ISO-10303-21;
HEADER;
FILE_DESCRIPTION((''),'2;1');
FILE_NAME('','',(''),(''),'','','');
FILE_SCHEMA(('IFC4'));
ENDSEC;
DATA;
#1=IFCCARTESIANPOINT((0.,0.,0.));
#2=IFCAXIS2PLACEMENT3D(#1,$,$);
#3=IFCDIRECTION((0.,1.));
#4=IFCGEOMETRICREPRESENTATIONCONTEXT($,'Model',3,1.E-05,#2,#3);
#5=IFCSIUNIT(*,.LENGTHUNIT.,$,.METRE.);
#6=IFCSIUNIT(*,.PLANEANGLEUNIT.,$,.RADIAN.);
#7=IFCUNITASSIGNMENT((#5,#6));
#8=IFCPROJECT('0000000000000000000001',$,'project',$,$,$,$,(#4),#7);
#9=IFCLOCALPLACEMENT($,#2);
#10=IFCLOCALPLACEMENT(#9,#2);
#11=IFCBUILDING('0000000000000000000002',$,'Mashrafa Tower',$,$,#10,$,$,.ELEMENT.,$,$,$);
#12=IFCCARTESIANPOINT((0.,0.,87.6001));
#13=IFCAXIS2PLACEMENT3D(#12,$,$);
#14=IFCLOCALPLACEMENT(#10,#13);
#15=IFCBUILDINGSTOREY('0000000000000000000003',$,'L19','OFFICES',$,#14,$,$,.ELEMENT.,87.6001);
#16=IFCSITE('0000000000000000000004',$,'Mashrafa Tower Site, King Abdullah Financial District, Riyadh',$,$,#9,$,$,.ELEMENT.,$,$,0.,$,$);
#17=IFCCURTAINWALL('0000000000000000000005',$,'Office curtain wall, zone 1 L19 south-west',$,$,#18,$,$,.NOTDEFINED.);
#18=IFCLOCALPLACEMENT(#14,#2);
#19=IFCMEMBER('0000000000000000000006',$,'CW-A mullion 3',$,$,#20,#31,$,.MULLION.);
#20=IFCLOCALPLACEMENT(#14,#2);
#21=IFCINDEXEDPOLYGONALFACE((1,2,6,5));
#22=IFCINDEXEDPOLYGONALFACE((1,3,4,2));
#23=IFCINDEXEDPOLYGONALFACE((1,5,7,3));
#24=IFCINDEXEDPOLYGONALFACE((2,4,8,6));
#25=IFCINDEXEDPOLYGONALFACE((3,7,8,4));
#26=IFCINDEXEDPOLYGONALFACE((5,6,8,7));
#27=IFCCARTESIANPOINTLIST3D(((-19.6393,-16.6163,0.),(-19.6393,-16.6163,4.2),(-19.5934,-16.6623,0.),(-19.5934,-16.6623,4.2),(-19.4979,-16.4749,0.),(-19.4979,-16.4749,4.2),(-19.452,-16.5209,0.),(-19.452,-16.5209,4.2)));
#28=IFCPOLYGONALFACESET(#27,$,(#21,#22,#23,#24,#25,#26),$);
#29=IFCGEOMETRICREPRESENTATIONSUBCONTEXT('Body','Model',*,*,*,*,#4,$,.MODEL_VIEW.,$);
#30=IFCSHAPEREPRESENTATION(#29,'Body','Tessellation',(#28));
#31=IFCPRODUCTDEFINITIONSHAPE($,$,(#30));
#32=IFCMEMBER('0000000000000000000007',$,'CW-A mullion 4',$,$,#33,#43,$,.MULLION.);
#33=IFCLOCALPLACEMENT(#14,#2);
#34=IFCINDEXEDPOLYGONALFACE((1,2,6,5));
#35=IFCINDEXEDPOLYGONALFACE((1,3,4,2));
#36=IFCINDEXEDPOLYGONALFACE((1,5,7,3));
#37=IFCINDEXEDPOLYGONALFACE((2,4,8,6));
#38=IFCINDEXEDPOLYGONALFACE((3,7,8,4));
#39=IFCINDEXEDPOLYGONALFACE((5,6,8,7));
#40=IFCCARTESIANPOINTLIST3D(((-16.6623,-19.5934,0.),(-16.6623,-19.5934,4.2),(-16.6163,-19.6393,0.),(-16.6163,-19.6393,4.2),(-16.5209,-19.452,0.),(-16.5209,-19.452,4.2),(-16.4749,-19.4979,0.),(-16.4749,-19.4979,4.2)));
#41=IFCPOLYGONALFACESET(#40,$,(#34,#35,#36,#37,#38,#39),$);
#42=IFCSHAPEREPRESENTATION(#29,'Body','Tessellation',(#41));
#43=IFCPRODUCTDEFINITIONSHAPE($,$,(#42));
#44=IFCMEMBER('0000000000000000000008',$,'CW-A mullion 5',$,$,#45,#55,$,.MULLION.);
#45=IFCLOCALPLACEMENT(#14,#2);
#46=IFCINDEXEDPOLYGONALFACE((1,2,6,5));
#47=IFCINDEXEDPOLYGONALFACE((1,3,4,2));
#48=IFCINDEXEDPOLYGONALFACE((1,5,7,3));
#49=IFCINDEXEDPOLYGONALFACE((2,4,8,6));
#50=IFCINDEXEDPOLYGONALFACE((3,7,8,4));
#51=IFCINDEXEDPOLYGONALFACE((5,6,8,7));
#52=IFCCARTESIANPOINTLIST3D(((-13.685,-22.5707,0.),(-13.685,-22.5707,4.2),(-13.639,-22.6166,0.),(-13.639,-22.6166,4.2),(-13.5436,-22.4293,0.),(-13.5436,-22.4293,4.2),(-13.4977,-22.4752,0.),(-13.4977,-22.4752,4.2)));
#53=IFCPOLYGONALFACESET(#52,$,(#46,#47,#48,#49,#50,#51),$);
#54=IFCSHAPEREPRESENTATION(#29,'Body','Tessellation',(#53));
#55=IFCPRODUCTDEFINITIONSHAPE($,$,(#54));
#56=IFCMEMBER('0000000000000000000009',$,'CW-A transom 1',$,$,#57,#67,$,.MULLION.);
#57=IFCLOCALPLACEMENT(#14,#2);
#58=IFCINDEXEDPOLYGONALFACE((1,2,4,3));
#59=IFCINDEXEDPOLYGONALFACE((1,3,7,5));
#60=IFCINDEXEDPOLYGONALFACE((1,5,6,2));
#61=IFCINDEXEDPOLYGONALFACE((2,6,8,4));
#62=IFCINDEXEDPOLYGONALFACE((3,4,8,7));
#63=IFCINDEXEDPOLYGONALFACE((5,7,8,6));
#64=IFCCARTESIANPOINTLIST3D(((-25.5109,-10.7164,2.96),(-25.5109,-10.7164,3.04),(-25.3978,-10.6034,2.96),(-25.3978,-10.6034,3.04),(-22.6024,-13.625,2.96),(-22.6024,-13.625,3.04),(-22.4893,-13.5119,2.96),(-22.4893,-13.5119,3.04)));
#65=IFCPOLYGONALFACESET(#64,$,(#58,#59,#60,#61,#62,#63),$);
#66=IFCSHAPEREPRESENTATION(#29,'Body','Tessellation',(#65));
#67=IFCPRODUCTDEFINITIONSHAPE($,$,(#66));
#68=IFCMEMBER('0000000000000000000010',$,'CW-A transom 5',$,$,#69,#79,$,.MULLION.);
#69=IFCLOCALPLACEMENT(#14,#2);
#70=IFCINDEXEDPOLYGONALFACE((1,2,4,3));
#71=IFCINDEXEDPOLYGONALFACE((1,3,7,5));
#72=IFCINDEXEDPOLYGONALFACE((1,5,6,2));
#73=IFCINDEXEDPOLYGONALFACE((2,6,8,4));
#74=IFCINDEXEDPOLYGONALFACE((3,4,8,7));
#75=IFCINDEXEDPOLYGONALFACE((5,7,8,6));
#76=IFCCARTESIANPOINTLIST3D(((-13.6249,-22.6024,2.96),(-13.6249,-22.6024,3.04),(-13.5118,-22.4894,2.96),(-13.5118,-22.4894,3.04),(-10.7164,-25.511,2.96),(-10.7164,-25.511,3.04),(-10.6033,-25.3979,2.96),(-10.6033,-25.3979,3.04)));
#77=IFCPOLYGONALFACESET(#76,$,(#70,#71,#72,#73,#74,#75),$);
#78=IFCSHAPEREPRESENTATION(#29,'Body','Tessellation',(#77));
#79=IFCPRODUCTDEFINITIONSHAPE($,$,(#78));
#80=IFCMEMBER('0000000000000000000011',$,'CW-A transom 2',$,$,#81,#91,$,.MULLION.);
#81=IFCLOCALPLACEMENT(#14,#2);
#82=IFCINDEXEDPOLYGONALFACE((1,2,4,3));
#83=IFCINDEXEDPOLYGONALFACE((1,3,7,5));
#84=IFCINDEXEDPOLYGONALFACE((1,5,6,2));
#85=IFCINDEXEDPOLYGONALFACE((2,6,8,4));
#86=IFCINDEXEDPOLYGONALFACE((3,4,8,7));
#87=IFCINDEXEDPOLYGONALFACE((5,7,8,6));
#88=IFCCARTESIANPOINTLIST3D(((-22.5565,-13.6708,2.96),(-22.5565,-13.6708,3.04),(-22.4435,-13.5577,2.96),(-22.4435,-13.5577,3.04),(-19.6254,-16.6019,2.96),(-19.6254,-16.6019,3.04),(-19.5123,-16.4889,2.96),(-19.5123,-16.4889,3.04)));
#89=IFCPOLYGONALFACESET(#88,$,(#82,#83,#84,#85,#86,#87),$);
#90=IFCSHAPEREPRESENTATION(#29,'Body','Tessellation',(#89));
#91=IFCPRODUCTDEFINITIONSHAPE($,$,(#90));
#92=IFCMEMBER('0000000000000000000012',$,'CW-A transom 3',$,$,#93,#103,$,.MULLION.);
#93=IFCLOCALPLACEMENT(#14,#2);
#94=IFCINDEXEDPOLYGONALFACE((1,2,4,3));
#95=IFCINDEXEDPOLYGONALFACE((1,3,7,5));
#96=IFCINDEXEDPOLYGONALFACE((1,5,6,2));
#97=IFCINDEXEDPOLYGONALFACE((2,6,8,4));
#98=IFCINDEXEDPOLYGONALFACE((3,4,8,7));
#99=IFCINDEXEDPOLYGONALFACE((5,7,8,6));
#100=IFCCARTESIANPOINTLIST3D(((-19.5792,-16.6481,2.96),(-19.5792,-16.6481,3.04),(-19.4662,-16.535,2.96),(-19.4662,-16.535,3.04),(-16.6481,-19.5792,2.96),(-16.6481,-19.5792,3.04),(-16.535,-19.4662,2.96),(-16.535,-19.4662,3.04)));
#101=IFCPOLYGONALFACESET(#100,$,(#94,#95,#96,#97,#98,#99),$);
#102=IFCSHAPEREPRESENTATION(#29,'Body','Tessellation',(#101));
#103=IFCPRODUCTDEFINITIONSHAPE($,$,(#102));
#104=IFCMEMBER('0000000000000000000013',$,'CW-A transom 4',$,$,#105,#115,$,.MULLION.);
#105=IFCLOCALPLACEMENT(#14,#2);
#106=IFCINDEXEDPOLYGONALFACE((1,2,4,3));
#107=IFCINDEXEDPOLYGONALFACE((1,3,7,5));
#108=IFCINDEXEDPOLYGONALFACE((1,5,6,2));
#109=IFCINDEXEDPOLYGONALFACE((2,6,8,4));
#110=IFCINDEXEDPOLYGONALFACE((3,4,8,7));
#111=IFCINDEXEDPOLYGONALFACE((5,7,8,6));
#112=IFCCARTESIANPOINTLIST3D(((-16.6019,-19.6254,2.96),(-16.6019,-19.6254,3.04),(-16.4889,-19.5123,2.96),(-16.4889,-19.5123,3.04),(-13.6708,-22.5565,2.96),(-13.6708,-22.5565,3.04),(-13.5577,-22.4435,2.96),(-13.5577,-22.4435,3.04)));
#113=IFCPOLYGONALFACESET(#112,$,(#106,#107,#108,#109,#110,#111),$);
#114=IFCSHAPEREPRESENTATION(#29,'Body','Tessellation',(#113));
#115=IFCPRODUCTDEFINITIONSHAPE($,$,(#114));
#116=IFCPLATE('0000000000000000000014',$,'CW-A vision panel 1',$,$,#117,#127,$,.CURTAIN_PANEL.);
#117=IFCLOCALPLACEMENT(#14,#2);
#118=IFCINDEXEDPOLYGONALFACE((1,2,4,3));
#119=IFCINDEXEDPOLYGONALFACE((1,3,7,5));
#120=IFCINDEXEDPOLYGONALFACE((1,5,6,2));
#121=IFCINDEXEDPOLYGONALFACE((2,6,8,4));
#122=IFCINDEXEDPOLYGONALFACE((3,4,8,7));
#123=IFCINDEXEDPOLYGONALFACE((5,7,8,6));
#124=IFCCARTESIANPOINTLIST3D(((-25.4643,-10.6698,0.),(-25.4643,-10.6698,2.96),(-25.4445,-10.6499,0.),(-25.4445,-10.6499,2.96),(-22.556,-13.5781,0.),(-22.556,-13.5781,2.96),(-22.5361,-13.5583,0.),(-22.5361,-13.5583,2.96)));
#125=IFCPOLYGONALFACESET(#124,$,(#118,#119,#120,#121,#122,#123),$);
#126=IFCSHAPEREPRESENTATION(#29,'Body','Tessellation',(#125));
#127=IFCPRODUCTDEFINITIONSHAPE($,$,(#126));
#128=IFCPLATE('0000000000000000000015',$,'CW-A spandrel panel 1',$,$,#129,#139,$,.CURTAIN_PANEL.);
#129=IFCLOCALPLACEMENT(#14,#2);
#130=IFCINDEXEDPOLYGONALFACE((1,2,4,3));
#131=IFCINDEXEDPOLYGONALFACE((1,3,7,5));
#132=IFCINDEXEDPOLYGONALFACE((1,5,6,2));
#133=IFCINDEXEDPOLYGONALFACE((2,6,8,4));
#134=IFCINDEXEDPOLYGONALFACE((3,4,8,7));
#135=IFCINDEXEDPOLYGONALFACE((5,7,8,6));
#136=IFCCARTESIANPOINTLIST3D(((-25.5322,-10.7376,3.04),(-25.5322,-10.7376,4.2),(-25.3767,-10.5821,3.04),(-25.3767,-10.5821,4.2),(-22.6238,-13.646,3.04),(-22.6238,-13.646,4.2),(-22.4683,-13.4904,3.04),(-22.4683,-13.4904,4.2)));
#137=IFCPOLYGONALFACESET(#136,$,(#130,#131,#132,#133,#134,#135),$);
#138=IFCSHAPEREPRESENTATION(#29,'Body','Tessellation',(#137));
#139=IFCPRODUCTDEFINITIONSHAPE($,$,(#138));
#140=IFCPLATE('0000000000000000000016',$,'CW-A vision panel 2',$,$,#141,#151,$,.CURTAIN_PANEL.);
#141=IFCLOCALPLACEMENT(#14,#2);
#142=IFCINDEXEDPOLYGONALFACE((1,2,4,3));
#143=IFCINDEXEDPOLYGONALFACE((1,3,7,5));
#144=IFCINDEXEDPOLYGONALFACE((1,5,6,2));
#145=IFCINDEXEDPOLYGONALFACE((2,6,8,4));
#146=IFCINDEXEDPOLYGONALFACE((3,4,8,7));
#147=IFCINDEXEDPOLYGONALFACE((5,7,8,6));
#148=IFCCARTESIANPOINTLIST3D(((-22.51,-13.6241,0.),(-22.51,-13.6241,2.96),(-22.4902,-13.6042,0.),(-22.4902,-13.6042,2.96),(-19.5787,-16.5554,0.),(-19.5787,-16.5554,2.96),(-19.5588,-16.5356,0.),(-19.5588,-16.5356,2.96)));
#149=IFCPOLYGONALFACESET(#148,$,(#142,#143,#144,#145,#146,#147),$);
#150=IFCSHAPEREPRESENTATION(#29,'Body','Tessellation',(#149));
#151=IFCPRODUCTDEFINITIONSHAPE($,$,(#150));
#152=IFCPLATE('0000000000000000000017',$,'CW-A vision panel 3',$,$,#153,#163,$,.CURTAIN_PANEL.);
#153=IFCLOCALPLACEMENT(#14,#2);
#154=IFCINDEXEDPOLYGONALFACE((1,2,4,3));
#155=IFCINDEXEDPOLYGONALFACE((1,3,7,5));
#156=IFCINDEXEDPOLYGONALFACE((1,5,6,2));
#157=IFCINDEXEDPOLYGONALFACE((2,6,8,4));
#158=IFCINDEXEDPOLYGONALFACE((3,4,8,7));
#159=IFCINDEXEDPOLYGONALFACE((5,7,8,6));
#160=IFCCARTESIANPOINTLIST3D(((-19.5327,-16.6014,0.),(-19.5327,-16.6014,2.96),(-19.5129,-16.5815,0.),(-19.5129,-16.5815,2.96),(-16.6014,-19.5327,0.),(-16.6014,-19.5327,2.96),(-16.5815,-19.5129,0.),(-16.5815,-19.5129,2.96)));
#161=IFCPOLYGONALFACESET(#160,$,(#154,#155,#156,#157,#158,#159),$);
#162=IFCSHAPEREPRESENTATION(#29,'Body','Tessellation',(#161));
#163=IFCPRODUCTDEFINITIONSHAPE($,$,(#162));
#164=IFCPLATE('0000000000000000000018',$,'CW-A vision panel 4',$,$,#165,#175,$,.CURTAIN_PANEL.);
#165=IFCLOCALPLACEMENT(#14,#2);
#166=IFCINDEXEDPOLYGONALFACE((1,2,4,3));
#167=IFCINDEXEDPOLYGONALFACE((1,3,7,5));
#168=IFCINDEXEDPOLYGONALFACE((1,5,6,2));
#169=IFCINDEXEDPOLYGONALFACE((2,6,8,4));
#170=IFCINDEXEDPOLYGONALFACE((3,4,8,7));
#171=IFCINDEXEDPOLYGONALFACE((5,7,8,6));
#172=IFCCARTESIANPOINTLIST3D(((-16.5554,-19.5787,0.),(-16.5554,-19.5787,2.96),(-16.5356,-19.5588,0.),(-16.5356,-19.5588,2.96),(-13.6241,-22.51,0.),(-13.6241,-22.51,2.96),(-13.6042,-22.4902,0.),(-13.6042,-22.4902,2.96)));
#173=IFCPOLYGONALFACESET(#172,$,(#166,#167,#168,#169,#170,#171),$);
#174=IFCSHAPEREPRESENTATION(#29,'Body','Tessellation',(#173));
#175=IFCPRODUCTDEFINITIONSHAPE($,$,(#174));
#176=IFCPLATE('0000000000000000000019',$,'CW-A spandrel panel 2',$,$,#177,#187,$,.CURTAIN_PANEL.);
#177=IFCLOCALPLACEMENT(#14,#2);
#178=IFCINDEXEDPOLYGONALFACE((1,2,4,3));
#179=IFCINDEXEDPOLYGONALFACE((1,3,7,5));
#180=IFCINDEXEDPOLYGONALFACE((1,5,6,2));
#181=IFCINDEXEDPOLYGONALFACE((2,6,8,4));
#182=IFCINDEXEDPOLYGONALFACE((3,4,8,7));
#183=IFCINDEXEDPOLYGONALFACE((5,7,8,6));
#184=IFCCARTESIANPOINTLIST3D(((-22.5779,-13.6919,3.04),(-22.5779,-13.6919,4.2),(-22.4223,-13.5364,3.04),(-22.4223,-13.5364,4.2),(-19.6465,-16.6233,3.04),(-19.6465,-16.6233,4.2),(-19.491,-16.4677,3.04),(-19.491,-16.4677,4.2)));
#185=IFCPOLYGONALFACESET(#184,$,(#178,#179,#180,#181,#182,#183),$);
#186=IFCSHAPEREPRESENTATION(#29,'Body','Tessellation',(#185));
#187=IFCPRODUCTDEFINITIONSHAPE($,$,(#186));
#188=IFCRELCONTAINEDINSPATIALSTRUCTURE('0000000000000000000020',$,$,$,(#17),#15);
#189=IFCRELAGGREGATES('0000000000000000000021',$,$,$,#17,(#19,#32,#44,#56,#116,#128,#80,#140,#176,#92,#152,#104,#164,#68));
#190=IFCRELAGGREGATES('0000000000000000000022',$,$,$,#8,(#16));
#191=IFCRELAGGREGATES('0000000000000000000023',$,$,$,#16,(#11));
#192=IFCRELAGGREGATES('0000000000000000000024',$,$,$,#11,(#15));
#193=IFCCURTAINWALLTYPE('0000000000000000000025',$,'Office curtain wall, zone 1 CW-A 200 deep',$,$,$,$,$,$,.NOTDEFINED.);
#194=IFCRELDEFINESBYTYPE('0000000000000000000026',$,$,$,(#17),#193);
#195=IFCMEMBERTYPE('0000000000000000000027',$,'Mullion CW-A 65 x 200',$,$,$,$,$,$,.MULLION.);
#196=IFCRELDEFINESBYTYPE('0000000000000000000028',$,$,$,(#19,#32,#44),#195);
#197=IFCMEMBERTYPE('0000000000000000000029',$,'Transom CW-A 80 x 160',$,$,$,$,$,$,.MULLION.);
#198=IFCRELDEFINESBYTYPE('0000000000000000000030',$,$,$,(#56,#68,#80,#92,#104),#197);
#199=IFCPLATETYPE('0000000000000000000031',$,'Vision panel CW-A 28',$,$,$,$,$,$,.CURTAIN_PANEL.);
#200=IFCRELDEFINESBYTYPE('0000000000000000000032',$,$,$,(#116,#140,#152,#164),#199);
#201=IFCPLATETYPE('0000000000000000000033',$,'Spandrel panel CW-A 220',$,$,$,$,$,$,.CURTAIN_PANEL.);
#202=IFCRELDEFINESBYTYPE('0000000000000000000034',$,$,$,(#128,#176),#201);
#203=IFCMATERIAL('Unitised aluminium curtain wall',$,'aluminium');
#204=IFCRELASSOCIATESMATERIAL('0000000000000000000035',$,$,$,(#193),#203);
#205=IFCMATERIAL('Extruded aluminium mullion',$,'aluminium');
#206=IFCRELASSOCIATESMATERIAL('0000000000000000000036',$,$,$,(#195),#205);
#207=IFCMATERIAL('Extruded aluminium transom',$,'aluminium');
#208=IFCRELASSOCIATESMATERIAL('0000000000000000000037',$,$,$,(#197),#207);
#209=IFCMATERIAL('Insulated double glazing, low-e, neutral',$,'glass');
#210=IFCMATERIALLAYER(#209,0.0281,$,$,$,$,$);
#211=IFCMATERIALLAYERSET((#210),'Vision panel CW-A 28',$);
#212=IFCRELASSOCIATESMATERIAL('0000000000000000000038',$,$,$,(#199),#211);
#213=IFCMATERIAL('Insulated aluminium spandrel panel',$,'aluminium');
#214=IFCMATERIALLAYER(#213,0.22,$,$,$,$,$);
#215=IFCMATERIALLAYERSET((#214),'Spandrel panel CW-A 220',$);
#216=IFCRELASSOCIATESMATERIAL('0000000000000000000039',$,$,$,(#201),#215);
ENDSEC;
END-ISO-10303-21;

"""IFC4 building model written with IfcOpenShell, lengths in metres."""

from ifc_helpers import new_model, si_unit, direction, frame, origin, origin_2d, place, context, subcontext, project, spatial, rectangle, extrude, source, transform, mapped, material, layer, layer_set, material_profile, profile_set, type_object, type_shapes, element, aggregate, save


model = new_model("IFC4")

# Units and contexts
model_context = context("Model", 3, precision=1e-05, world=origin(), true_north=direction((0.0, 1.0)))
body_context = subcontext(model_context, "Body", "Model", "MODEL_VIEW")
ifc_project = project(units=[si_unit("LENGTHUNIT", "METRE"), si_unit("PLANEANGLEUNIT", "RADIAN")], contexts=[model_context])

# Site, building, storey
site_placement = place(None, origin())
site = spatial("IfcSite", under=ifc_project, at=site_placement, Name="Mashrafa Tower Site, King Abdullah Financial District, Riyadh", CompositionType="ELEMENT", RefElevation=0.0)
building_placement = place(site_placement, origin())
building = spatial("IfcBuilding", under=site, at=building_placement, Name="Mashrafa Tower", CompositionType="ELEMENT")
storey_placement = place(building_placement, frame((0.0, 0.0, 87.6001)))
storey = spatial("IfcBuildingStorey", under=building, at=storey_placement, Name="L19", Description="OFFICES", CompositionType="ELEMENT", Elevation=87.6001)

# Curtain wall, members, plates
ifc_material_1 = material(Name="Unitised aluminium curtain wall", Category="aluminium")
curtain_wall_type = type_object("IfcCurtainWallType", Name="Office curtain wall, zone 1 CW-A 200 deep", PredefinedType="NOTDEFINED", material=ifc_material_1)
curtain_wall_placement = place(storey_placement, origin())
curtain_wall = element("IfcCurtainWall", 1, at=curtain_wall_placement, inside=storey, type_object=curtain_wall_type, Name="Office curtain wall, zone 1 L19 south-west", PredefinedType="NOTDEFINED")
ifc_material_2 = material(Name="Extruded aluminium mullion", Category="aluminium")
ifc_material_profile_1 = material_profile(ifc_material_2, rectangle(XDim=0.2, YDim=0.0649, at=origin_2d()), Name="Mullion 65x200")
ifc_profile_set_1 = profile_set([ifc_material_profile_1], Name="Extruded aluminium mullion")
member_type_1 = type_object("IfcMemberType", Name="Mullion CW-A 65 x 200", PredefinedType="MULLION", material=ifc_profile_set_1)
shared_shape_1 = source(origin(), body_context, "Body", "SweptSolid", [
    extrude(rectangle(XDim=0.2, YDim=0.0649, at=origin_2d()), origin(), (0.0, 0.0, 1.0), 4.2),
])
type_shapes(member_type_1, [shared_shape_1])
member_1_placement = place(storey_placement, frame((-19.5457, -16.5686, 0.0), z_axis=(0.0, 0.0, 1.0), x_axis=(0.707107, 0.707107, 0.0)))
member_1 = element("IfcMember", 2, at=member_1_placement, type_object=member_type_1, Name="CW-A mullion 3", PredefinedType="MULLION", context=body_context, shape_type="MappedRepresentation", body=[
    mapped(shared_shape_1, transform((0.0, 0.0, 0.0))),
])
member_2_placement = place(storey_placement, frame((-16.5686, -19.5457, 0.0), z_axis=(0.0, 0.0, 1.0), x_axis=(0.707107, 0.707107, 0.0)))
member_2 = element("IfcMember", 3, at=member_2_placement, type_object=member_type_1, Name="CW-A mullion 4", PredefinedType="MULLION", context=body_context, shape_type="MappedRepresentation", body=[
    mapped(shared_shape_1, transform((0.0, 0.0, 0.0))),
])
member_3_placement = place(storey_placement, frame((-13.5913, -22.5229, 0.0), z_axis=(0.0, 0.0, 1.0), x_axis=(0.707107, 0.707107, 0.0)))
member_3 = element("IfcMember", 4, at=member_3_placement, type_object=member_type_1, Name="CW-A mullion 5", PredefinedType="MULLION", context=body_context, shape_type="MappedRepresentation", body=[
    mapped(shared_shape_1, transform((0.0, 0.0, 0.0))),
])
ifc_material_3 = material(Name="Extruded aluminium transom", Category="aluminium")
ifc_material_profile_2 = material_profile(ifc_material_3, rectangle(XDim=0.1599, YDim=0.0801, at=origin_2d()), Name="Transom 80x160")
ifc_profile_set_2 = profile_set([ifc_material_profile_2], Name="Extruded aluminium transom")
member_type_2 = type_object("IfcMemberType", Name="Transom CW-A 80 x 160", PredefinedType="MULLION", material=ifc_profile_set_2)
shared_shape_2 = source(origin(), body_context, "Body", "SweptSolid", [
    extrude(rectangle(XDim=0.1599, YDim=0.0801, at=origin_2d()), origin(), (0.0, 0.0, 1.0), 4.1133),
])
member_4_placement = place(storey_placement, frame((-25.4543, -10.6599, 3.0), z_axis=(0.707107, -0.707107, 0.0), x_axis=(0.707107, 0.707107, 0.0)))
member_4 = element("IfcMember", 5, at=member_4_placement, type_object=member_type_2, Name="CW-A transom 1", PredefinedType="MULLION", context=body_context, shape_type="MappedRepresentation", body=[
    mapped(shared_shape_2, transform((0.0, 0.0, 0.0))),
])
member_5_placement = place(storey_placement, frame((-13.5684, -22.5459, 3.0), z_axis=(0.707107, -0.707107, 0.0), x_axis=(0.707107, 0.707107, 0.0)))
member_5 = element("IfcMember", 6, at=member_5_placement, type_object=member_type_2, Name="CW-A transom 5", PredefinedType="MULLION", context=body_context, shape_type="MappedRepresentation", body=[
    mapped(shared_shape_2, transform((0.0, 0.0, 0.0))),
])
shared_shape_3 = source(origin(), body_context, "Body", "SweptSolid", [
    extrude(rectangle(XDim=0.1599, YDim=0.0801, at=origin_2d()), origin(), (0.0, 0.0, 1.0), 4.1453),
])
type_shapes(member_type_2, [shared_shape_2, shared_shape_3])
member_6_placement = place(storey_placement, frame((-22.5, -13.6143, 3.0), z_axis=(0.707107, -0.707107, 0.0), x_axis=(0.707107, 0.707107, 0.0)))
member_6 = element("IfcMember", 7, at=member_6_placement, type_object=member_type_2, Name="CW-A transom 2", PredefinedType="MULLION", context=body_context, shape_type="MappedRepresentation", body=[
    mapped(shared_shape_3, transform((0.0, 0.0, 0.0))),
])
member_7_placement = place(storey_placement, frame((-19.5227, -16.5916, 3.0), z_axis=(0.707107, -0.707107, 0.0), x_axis=(0.707107, 0.707107, 0.0)))
member_7 = element("IfcMember", 8, at=member_7_placement, type_object=member_type_2, Name="CW-A transom 3", PredefinedType="MULLION", context=body_context, shape_type="MappedRepresentation", body=[
    mapped(shared_shape_3, transform((0.0, 0.0, 0.0))),
])
member_8_placement = place(storey_placement, frame((-16.5454, -19.5688, 3.0), z_axis=(0.707107, -0.707107, 0.0), x_axis=(0.707107, 0.707107, 0.0)))
member_8 = element("IfcMember", 9, at=member_8_placement, type_object=member_type_2, Name="CW-A transom 4", PredefinedType="MULLION", context=body_context, shape_type="MappedRepresentation", body=[
    mapped(shared_shape_3, transform((0.0, 0.0, 0.0))),
])
ifc_material_4 = material(Name="Insulated double glazing, low-e, neutral", Category="glass")
ifc_layer_1 = layer(ifc_material_4, 0.0281)
ifc_layer_set_1 = layer_set([ifc_layer_1], Name="Vision panel CW-A 28")
plate_type_1 = type_object("IfcPlateType", Name="Vision panel CW-A 28", PredefinedType="CURTAIN_PANEL", material=ifc_layer_set_1)
shared_shape_4 = source(origin(), body_context, "Body", "SweptSolid", [
    extrude(rectangle(XDim=4.113, YDim=0.0281, at=origin_2d()), origin(), (0.0, 0.0, 1.0), 2.96),
])
plate_1_placement = place(storey_placement, frame((-24.0002, -12.114, 0.0), z_axis=(0.0, 0.0, 1.0), x_axis=(0.707107, -0.707107, 0.0)))
plate_1 = element("IfcPlate", 10, at=plate_1_placement, type_object=plate_type_1, Name="CW-A vision panel 1", PredefinedType="CURTAIN_PANEL", context=body_context, shape_type="MappedRepresentation", body=[
    mapped(shared_shape_4, transform((0.0, 0.0, 0.0))),
])
ifc_material_5 = material(Name="Insulated aluminium spandrel panel", Category="aluminium")
ifc_layer_2 = layer(ifc_material_5, 0.22)
ifc_layer_set_2 = layer_set([ifc_layer_2], Name="Spandrel panel CW-A 220")
plate_type_2 = type_object("IfcPlateType", Name="Spandrel panel CW-A 220", PredefinedType="CURTAIN_PANEL", material=ifc_layer_set_2)
shared_shape_5 = source(origin(), body_context, "Body", "SweptSolid", [
    extrude(rectangle(XDim=4.113, YDim=0.22, at=origin_2d()), origin(), (0.0, 0.0, 1.0), 1.1599),
])
plate_2_placement = place(storey_placement, frame((-24.0002, -12.114, 3.04), z_axis=(0.0, 0.0, 1.0), x_axis=(0.707107, -0.707107, 0.0)))
plate_2 = element("IfcPlate", 11, at=plate_2_placement, type_object=plate_type_2, Name="CW-A spandrel panel 1", PredefinedType="CURTAIN_PANEL", context=body_context, shape_type="MappedRepresentation", body=[
    mapped(shared_shape_5, transform((0.0, 0.0, 0.0))),
])
shared_shape_6 = source(origin(), body_context, "Body", "SweptSolid", [
    extrude(rectangle(XDim=4.1455, YDim=0.0281, at=origin_2d()), origin(), (0.0, 0.0, 1.0), 2.96),
])
type_shapes(plate_type_1, [shared_shape_4, shared_shape_6])
plate_3_placement = place(storey_placement, frame((-21.0344, -15.0798, 0.0), z_axis=(0.0, 0.0, 1.0), x_axis=(0.707107, -0.707107, 0.0)))
plate_3 = element("IfcPlate", 12, at=plate_3_placement, type_object=plate_type_1, Name="CW-A vision panel 2", PredefinedType="CURTAIN_PANEL", context=body_context, shape_type="MappedRepresentation", body=[
    mapped(shared_shape_6, transform((0.0, 0.0, 0.0))),
])
plate_4_placement = place(storey_placement, frame((-18.0571, -18.0571, 0.0), z_axis=(0.0, 0.0, 1.0), x_axis=(0.707107, -0.707107, 0.0)))
plate_4 = element("IfcPlate", 13, at=plate_4_placement, type_object=plate_type_1, Name="CW-A vision panel 3", PredefinedType="CURTAIN_PANEL", context=body_context, shape_type="MappedRepresentation", body=[
    mapped(shared_shape_6, transform((0.0, 0.0, 0.0))),
])
plate_5_placement = place(storey_placement, frame((-15.0798, -21.0344, 0.0), z_axis=(0.0, 0.0, 1.0), x_axis=(0.707107, -0.707107, 0.0)))
plate_5 = element("IfcPlate", 14, at=plate_5_placement, type_object=plate_type_1, Name="CW-A vision panel 4", PredefinedType="CURTAIN_PANEL", context=body_context, shape_type="MappedRepresentation", body=[
    mapped(shared_shape_6, transform((0.0, 0.0, 0.0))),
])
shared_shape_7 = source(origin(), body_context, "Body", "SweptSolid", [
    extrude(rectangle(XDim=4.1455, YDim=0.22, at=origin_2d()), origin(), (0.0, 0.0, 1.0), 1.1599),
])
type_shapes(plate_type_2, [shared_shape_5, shared_shape_7])
plate_6_placement = place(storey_placement, frame((-21.0344, -15.0798, 3.04), z_axis=(0.0, 0.0, 1.0), x_axis=(0.707107, -0.707107, 0.0)))
plate_6 = element("IfcPlate", 15, at=plate_6_placement, type_object=plate_type_2, Name="CW-A spandrel panel 2", PredefinedType="CURTAIN_PANEL", context=body_context, shape_type="MappedRepresentation", body=[
    mapped(shared_shape_7, transform((0.0, 0.0, 0.0))),
])
aggregate(curtain_wall, [member_1, member_2, member_3, member_4, plate_1, plate_2, member_6, plate_3, plate_6, member_7, plate_4, member_8, plate_5, member_5])

save(model, "model.ifc")
